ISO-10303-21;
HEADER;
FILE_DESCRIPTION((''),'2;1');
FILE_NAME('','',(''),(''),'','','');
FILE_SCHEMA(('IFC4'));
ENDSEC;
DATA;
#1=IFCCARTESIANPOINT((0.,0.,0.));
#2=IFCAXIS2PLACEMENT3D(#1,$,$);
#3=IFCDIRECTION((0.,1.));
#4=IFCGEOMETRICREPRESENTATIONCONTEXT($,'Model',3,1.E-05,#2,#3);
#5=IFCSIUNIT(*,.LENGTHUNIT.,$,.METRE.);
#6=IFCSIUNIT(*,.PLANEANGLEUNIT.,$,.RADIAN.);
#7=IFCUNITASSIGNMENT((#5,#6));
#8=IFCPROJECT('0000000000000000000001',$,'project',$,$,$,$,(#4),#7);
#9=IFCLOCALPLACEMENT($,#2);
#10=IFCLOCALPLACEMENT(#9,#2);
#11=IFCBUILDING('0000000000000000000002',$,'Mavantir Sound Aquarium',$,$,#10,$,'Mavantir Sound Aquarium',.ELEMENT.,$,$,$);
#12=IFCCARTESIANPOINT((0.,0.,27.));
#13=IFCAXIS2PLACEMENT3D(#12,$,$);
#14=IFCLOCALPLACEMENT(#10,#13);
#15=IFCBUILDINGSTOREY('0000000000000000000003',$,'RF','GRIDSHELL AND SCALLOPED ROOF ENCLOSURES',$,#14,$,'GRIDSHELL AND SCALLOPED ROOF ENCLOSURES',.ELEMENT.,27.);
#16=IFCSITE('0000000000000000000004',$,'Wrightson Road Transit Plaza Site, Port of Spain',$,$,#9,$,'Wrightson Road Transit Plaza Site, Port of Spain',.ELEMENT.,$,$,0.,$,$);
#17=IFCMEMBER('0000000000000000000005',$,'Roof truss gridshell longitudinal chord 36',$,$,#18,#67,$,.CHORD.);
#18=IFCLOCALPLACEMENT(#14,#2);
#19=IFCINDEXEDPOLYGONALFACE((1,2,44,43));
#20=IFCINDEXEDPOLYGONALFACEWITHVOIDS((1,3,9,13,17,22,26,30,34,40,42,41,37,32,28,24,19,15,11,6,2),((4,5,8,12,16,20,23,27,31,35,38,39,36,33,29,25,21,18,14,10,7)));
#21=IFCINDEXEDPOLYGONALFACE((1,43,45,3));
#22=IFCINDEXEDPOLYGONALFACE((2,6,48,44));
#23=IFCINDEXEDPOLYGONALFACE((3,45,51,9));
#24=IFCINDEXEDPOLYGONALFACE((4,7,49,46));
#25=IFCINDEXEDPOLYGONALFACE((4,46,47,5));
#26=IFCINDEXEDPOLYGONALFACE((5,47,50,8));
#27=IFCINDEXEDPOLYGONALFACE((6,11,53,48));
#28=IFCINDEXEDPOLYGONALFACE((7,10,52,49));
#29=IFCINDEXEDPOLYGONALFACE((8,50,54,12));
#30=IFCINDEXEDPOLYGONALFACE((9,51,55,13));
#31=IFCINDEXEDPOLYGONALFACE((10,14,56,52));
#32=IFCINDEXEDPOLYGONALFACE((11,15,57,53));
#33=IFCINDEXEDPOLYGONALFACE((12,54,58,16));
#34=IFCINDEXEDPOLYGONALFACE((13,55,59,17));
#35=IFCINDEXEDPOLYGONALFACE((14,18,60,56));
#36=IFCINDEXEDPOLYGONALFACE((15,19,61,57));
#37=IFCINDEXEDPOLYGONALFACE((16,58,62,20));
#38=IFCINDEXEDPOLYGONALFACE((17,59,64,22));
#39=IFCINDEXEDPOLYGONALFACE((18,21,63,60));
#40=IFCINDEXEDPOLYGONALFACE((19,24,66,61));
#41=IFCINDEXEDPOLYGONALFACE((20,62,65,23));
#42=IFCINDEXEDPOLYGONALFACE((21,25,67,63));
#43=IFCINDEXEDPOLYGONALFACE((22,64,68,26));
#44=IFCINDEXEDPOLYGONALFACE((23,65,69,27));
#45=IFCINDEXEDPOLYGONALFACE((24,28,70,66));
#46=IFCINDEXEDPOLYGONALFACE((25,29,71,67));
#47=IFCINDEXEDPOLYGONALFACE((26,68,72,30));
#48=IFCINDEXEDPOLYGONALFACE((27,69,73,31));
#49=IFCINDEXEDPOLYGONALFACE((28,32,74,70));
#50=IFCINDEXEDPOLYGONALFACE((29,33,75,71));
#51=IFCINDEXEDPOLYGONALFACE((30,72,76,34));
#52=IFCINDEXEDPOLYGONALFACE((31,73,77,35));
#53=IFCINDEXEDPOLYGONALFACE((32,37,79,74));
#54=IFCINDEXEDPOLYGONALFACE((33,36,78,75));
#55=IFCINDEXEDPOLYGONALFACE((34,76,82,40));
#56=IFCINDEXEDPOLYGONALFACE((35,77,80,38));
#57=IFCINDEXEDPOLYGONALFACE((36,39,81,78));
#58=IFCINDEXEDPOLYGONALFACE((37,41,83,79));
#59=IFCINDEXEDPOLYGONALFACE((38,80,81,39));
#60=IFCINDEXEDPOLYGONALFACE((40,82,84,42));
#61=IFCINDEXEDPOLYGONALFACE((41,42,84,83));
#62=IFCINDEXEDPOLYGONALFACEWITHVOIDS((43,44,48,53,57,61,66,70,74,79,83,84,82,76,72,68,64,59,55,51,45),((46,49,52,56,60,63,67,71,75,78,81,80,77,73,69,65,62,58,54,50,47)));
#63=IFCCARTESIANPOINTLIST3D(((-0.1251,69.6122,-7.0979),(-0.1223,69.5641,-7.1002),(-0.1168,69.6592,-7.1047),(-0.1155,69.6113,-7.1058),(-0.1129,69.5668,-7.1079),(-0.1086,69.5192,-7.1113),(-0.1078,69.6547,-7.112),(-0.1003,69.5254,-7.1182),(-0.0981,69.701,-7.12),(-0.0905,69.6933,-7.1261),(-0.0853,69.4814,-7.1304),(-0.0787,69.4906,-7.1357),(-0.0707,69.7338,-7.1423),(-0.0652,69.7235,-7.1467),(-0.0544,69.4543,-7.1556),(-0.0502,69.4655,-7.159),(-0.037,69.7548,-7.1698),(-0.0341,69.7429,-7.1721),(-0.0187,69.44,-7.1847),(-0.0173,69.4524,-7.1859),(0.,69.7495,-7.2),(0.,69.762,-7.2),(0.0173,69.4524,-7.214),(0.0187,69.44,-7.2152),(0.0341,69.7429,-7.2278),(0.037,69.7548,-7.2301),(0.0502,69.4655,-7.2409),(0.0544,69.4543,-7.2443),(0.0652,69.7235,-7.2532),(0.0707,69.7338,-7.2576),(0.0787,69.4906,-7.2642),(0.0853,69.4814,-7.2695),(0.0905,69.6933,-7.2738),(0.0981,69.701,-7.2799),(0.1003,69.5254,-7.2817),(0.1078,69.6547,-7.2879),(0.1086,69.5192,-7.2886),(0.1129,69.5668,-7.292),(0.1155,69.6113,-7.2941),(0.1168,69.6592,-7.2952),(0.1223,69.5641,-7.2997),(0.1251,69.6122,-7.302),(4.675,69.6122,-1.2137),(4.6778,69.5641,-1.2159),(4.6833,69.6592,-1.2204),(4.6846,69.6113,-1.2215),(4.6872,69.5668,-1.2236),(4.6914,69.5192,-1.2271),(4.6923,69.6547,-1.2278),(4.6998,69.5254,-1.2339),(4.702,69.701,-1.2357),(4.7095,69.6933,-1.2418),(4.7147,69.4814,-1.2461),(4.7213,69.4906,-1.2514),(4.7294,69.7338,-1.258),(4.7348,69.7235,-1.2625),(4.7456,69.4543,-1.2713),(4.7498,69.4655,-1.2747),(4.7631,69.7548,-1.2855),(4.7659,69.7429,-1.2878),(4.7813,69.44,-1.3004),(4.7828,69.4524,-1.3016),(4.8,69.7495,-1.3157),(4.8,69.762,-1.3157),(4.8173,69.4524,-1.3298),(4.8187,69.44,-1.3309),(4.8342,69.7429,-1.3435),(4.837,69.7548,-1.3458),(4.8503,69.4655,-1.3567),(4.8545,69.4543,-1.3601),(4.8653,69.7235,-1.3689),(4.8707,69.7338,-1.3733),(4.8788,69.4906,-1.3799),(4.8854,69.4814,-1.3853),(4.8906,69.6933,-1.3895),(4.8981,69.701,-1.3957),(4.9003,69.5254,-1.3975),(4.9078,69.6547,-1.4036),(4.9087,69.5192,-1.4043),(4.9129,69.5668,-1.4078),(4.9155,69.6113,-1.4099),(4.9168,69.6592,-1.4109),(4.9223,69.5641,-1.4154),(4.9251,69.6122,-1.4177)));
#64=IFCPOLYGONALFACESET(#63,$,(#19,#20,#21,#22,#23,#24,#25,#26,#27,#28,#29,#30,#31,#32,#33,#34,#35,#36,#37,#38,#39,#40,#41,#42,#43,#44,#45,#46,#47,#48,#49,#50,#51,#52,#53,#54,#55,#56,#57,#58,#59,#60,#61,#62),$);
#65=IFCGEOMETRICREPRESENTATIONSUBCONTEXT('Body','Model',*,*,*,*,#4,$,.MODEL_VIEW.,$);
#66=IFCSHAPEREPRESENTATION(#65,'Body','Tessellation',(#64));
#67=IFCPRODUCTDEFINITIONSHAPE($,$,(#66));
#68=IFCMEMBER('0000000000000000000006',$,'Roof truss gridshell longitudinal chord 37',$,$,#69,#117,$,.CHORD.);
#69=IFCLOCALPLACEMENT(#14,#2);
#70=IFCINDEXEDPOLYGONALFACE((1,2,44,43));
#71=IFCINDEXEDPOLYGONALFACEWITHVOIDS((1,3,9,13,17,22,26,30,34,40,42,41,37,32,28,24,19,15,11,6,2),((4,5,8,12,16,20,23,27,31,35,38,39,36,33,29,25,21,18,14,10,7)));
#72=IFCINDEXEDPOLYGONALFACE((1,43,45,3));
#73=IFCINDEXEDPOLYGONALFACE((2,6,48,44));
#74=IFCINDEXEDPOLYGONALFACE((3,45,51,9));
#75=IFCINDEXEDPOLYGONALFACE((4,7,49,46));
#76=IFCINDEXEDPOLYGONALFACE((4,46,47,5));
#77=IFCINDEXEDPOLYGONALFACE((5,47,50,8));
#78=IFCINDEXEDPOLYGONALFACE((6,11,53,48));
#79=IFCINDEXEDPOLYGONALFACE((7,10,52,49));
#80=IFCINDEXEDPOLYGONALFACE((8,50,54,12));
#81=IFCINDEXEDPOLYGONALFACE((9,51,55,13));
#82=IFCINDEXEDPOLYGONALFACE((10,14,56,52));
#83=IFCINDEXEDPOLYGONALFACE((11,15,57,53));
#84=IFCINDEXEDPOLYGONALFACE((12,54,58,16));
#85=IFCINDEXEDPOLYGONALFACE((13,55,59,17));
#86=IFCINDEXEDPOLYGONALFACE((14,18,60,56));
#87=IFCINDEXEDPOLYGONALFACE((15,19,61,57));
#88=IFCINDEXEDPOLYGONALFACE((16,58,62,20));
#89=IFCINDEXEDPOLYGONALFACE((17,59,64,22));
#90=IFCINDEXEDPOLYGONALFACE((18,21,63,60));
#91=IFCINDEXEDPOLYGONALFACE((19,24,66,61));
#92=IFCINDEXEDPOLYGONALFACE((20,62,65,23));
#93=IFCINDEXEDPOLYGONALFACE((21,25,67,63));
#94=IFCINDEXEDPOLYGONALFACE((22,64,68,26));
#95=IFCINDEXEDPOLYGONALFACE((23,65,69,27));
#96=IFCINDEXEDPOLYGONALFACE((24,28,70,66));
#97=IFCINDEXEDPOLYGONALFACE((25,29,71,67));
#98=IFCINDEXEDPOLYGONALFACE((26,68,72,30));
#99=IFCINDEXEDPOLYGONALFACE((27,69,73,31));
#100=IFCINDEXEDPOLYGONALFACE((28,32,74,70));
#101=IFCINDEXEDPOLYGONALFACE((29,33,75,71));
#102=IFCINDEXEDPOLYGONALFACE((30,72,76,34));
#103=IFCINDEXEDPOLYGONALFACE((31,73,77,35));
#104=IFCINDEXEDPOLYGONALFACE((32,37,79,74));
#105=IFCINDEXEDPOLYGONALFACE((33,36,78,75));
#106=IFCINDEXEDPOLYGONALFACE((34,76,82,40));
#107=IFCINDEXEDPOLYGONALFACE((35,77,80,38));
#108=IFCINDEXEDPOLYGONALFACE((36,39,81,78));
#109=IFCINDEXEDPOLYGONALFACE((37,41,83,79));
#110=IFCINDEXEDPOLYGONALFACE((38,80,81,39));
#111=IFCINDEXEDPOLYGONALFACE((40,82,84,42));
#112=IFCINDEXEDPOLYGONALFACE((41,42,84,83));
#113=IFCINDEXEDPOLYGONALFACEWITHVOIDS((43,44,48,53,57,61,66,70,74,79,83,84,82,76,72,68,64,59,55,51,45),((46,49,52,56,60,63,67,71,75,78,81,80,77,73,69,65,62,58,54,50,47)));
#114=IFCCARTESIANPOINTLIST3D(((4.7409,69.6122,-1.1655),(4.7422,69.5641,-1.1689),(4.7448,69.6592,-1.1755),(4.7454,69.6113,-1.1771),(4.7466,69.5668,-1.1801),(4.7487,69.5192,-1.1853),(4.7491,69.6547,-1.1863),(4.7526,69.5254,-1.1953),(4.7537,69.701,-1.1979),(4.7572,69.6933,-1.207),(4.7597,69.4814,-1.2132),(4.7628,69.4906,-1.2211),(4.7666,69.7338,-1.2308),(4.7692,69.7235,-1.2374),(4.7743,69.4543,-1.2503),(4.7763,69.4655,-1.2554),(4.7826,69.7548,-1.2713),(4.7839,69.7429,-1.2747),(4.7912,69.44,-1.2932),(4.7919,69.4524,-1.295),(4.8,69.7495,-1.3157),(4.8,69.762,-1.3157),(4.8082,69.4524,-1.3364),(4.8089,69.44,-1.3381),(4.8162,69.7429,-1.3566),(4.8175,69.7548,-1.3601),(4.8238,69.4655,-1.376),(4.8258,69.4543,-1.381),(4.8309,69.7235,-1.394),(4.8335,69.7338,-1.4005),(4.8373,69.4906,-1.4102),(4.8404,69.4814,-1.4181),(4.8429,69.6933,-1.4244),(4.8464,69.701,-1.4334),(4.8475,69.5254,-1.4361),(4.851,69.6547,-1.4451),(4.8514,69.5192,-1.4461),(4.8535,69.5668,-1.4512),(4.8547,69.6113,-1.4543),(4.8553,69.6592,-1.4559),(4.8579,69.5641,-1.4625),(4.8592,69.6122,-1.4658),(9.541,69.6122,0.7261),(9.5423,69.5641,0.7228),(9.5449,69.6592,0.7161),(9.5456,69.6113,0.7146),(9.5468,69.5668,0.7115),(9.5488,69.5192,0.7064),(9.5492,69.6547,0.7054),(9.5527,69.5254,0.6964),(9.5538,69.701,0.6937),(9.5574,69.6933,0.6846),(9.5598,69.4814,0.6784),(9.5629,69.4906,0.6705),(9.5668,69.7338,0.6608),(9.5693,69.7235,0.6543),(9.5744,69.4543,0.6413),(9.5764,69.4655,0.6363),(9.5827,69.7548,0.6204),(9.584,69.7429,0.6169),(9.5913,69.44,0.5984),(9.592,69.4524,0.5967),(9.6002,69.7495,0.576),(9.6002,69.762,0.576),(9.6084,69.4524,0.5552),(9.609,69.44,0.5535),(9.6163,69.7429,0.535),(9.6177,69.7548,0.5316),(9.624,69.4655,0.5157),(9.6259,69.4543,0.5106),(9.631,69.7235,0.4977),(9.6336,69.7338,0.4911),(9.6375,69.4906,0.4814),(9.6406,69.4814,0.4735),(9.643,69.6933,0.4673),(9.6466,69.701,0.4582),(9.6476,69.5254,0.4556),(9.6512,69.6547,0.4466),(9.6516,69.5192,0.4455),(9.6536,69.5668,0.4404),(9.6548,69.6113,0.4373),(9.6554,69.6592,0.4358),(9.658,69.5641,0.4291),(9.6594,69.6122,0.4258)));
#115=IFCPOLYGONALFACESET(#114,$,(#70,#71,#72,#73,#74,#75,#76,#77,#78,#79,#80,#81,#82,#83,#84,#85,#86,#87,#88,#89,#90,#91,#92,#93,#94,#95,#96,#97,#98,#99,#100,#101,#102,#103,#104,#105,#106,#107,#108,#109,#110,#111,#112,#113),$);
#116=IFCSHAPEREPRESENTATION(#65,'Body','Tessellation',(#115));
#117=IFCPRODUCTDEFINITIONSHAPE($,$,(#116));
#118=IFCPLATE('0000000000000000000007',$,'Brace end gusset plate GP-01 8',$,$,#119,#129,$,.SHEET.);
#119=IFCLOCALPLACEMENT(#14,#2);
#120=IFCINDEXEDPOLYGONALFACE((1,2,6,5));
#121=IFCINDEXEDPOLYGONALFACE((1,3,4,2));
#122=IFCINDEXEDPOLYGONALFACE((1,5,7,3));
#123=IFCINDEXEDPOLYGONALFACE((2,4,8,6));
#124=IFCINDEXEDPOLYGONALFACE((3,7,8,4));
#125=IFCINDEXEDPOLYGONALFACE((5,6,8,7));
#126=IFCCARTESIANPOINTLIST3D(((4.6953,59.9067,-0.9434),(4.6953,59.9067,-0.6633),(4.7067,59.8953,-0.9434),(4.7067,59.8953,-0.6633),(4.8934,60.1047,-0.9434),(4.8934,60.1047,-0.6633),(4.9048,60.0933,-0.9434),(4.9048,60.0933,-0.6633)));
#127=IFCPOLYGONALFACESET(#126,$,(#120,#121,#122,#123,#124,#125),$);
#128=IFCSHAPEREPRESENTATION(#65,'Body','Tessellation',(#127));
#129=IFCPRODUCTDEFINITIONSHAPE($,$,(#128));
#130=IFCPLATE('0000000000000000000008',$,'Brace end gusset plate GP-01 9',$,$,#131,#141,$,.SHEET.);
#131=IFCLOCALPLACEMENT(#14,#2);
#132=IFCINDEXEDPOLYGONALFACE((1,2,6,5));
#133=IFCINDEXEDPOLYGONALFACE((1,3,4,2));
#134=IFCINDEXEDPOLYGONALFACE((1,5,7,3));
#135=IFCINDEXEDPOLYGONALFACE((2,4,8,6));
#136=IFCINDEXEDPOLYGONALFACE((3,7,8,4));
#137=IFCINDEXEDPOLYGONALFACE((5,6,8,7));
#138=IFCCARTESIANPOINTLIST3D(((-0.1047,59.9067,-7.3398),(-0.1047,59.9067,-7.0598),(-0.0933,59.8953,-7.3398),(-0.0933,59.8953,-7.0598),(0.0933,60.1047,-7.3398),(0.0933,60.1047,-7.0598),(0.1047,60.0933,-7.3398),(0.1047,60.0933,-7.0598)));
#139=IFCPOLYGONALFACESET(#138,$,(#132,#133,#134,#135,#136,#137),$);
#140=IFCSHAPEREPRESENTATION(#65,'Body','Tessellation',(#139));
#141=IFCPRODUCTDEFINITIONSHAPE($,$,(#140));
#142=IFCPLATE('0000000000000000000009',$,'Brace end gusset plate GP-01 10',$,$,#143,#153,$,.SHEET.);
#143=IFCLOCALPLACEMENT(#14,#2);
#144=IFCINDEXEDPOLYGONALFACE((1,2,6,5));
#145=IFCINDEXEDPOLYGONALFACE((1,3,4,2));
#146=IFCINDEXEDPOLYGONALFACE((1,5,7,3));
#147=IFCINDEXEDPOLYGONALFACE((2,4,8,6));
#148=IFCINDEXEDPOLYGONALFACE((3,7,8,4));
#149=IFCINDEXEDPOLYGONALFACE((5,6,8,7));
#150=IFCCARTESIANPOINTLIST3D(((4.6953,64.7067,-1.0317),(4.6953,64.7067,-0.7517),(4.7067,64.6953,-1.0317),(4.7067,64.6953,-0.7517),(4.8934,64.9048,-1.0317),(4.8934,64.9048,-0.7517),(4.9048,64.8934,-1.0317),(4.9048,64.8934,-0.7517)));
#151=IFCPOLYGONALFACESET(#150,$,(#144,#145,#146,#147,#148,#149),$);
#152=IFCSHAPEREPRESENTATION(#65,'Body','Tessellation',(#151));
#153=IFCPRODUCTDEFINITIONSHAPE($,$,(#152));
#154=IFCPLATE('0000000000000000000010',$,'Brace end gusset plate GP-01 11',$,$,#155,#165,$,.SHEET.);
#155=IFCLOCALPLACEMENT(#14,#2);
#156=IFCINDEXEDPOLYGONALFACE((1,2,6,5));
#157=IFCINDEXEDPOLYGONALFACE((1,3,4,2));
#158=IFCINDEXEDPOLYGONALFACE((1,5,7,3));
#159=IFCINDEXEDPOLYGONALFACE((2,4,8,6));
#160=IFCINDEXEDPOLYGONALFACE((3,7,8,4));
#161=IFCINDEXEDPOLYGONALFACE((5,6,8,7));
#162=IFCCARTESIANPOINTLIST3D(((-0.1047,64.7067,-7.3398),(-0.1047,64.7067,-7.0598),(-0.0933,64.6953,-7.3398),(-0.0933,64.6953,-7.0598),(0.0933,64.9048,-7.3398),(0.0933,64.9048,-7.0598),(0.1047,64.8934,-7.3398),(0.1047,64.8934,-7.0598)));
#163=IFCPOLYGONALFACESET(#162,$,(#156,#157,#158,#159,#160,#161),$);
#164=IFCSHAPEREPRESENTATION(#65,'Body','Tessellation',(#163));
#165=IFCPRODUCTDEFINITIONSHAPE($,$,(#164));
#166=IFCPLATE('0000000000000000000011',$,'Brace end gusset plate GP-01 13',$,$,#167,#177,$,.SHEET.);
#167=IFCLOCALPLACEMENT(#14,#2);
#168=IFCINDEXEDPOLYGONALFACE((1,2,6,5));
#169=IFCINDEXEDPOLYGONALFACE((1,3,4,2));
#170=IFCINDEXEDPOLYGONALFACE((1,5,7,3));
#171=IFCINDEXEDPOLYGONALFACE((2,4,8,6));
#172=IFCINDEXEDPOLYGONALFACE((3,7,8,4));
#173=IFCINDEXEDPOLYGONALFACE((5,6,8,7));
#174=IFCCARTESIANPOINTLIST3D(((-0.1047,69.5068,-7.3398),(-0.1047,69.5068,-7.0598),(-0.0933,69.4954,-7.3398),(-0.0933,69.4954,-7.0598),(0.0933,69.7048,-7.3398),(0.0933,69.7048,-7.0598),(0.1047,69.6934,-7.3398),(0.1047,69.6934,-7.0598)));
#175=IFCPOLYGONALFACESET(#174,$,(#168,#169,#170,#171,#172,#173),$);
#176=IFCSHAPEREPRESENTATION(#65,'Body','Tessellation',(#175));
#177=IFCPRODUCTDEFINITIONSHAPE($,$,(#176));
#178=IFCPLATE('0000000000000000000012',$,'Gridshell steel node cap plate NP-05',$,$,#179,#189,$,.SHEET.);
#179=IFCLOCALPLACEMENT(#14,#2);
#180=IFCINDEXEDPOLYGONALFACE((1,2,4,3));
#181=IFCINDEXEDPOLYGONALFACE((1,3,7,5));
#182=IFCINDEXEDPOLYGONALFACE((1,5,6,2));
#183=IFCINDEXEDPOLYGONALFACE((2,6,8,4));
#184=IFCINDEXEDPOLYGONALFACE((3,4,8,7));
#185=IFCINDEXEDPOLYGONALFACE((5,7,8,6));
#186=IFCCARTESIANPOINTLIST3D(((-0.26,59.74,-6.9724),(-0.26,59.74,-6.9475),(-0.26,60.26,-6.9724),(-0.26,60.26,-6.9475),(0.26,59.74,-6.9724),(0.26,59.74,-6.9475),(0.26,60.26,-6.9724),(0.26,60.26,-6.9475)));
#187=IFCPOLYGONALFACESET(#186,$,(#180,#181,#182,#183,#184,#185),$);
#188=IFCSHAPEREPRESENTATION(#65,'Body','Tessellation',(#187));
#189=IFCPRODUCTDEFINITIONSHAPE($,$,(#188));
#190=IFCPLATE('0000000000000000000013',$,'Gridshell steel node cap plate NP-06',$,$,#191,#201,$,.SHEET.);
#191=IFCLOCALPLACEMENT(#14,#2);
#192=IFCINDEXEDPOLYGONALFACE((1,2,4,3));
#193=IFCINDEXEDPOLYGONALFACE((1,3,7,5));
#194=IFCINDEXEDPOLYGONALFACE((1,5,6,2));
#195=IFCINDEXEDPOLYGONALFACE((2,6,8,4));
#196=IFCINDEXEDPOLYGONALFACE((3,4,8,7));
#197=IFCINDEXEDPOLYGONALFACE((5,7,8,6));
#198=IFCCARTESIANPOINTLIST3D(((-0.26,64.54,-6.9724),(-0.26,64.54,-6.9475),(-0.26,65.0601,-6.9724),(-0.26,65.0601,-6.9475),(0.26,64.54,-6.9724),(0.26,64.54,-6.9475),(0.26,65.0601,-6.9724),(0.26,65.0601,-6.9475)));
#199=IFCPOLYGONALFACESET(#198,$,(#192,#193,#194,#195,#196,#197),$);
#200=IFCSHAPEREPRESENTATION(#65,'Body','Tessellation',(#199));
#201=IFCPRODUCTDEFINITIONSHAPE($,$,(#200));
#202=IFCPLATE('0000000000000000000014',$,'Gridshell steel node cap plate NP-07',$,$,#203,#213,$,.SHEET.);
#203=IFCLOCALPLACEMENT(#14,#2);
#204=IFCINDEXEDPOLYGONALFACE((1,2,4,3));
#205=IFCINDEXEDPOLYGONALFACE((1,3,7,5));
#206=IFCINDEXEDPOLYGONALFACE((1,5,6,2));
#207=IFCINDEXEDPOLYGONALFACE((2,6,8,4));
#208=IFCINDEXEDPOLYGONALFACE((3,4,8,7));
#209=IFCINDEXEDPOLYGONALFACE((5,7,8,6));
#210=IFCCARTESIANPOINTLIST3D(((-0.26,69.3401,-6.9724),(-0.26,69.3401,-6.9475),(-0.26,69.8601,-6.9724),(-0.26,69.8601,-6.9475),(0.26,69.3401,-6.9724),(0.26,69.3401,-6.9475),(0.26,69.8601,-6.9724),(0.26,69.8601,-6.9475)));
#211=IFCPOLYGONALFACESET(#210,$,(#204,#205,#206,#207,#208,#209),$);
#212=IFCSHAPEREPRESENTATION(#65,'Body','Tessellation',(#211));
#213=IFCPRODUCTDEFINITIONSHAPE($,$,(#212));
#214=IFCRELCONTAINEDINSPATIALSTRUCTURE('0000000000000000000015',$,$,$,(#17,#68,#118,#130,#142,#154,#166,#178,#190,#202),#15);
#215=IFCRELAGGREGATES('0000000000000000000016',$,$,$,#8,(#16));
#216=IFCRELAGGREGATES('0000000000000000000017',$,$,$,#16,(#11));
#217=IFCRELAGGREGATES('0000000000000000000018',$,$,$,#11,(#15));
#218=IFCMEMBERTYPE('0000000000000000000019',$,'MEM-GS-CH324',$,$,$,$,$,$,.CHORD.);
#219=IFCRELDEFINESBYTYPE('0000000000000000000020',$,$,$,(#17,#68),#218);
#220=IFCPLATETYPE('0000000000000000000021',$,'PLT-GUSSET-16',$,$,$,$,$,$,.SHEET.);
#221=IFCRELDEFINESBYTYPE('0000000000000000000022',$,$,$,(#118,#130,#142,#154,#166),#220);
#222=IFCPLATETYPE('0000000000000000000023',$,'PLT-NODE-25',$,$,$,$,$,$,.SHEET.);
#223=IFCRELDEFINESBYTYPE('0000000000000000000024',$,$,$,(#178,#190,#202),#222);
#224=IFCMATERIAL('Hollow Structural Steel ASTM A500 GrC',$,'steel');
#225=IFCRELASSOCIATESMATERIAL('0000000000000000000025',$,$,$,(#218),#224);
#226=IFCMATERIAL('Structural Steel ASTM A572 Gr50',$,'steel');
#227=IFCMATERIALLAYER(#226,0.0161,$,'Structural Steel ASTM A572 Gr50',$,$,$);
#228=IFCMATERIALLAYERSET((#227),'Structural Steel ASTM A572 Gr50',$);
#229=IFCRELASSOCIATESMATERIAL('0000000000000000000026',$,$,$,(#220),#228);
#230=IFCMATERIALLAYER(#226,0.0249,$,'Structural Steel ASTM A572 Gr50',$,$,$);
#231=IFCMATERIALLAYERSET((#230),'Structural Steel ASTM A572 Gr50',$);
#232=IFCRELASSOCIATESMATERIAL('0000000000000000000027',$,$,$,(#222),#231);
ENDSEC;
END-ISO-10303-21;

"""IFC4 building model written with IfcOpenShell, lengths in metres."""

from ifc_helpers import new_model, si_unit, direction, frame, origin, origin_2d, place, context, subcontext, project, spatial, rectangle, hollow_circle, extrude, material, layer, layer_set, material_profile, profile_set, type_object, element, save


model = new_model("IFC4")

# Units and contexts
model_context = context("Model", 3, precision=1e-05, world=origin(), true_north=direction((0.0, 1.0)))
body_context = subcontext(model_context, "Body", "Model", "MODEL_VIEW")
ifc_project = project(units=[si_unit("LENGTHUNIT", "METRE"), si_unit("PLANEANGLEUNIT", "RADIAN")], contexts=[model_context])

# Site, building, storey
site_placement = place(None, origin())
site = spatial("IfcSite", under=ifc_project, at=site_placement, Name="Wrightson Road Transit Plaza Site, Port of Spain", LongName="Wrightson Road Transit Plaza Site, Port of Spain", CompositionType="ELEMENT", RefElevation=0.0)
building_placement = place(site_placement, origin())
building = spatial("IfcBuilding", under=site, at=building_placement, Name="Mavantir Sound Aquarium", LongName="Mavantir Sound Aquarium", CompositionType="ELEMENT")
storey_placement = place(building_placement, frame((0.0, 0.0, 27.0)))
storey = spatial("IfcBuildingStorey", under=building, at=storey_placement, Name="RF", Description="GRIDSHELL AND SCALLOPED ROOF ENCLOSURES", LongName="GRIDSHELL AND SCALLOPED ROOF ENCLOSURES", CompositionType="ELEMENT", Elevation=27.0)

# Shared definitions
ifc_material_1 = material(Name="Hollow Structural Steel ASTM A500 GrC", Category="steel")

# Members
ifc_material_profile_1 = material_profile(ifc_material_1, hollow_circle(Radius=0.1619, WallThickness=0.0125, at=origin_2d()), Name="CHS 323.9X12.5")
ifc_profile_set_1 = profile_set([ifc_material_profile_1], Name="Hollow Structural Steel ASTM A500 GrC")
member_type_1 = type_object("IfcMemberType", Name="MEM-GS-CH324", PredefinedType="CHORD", material=ifc_profile_set_1)
member_1_placement = place(storey_placement, frame((0.0, 69.6001, -7.2), z_axis=(0.632104, 0.0, 0.774883), x_axis=(0.0, 1.0, 0.0)))
element("IfcMember", 1, at=member_1_placement, inside=storey, type_object=member_type_1, Name="Roof truss gridshell longitudinal chord 36", PredefinedType="CHORD", context=body_context, shape_type="SweptSolid", body=[
    extrude(hollow_circle(Radius=0.1619, WallThickness=0.0125, at=origin_2d()), origin(), (0.0, 0.0, 1.0), 7.5938),
])
member_2_placement = place(storey_placement, frame((4.8, 69.6001, -1.3157), z_axis=(0.930364, 0.0, 0.366637), x_axis=(0.0, 1.0, 0.0)))
element("IfcMember", 2, at=member_2_placement, inside=storey, type_object=member_type_1, Name="Roof truss gridshell longitudinal chord 37", PredefinedType="CHORD", context=body_context, shape_type="SweptSolid", body=[
    extrude(hollow_circle(Radius=0.1619, WallThickness=0.0125, at=origin_2d()), origin(), (0.0, 0.0, 1.0), 5.1594),
])

# Plates
ifc_material_2 = material(Name="Structural Steel ASTM A572 Gr50", Category="steel")
ifc_layer_1 = layer(ifc_material_2, 0.0161, Name="Structural Steel ASTM A572 Gr50")
ifc_layer_set_1 = layer_set([ifc_layer_1], Name="Structural Steel ASTM A572 Gr50")
plate_type_1 = type_object("IfcPlateType", Name="PLT-GUSSET-16", PredefinedType="SHEET", material=ifc_layer_set_1)
for number, where, z_axis, x_axis, name in (
    (3, (4.8, 60.0, -0.9434), (0.0, 0.0, 1.0), (0.707107, 0.707107, 0.0), "Brace end gusset plate GP-01 8"),
    (4, (0.0, 60.0, -7.3398), (0.0, 0.0, 1.0), (0.707107, 0.707107, 0.0), "Brace end gusset plate GP-01 9"),
    (5, (4.8, 64.8, -1.0317), (0.0, 0.0, 1.0), (0.707107, 0.707107, 0.0), "Brace end gusset plate GP-01 10"),
    (6, (0.0, 64.8, -7.3398), (0.0, 0.0, 1.0), (0.707107, 0.707107, 0.0), "Brace end gusset plate GP-01 11"),
    (7, (0.0, 69.6001, -7.3398), (0.0, 0.0, 1.0), (0.707107, 0.707107, 0.0), "Brace end gusset plate GP-01 13"),
):
    element("IfcPlate", number, at=place(storey_placement, frame(where, z_axis=z_axis, x_axis=x_axis)), inside=storey, type_object=plate_type_1, Name=name, PredefinedType="SHEET", context=body_context, shape_type="SweptSolid", body=[
        extrude(rectangle(XDim=0.28, YDim=0.0161, at=origin_2d()), origin(), (0.0, 0.0, 1.0), 0.28),
    ])
ifc_layer_2 = layer(ifc_material_2, 0.0249, Name="Structural Steel ASTM A572 Gr50")
ifc_layer_set_2 = layer_set([ifc_layer_2], Name="Structural Steel ASTM A572 Gr50")
plate_type_2 = type_object("IfcPlateType", Name="PLT-NODE-25", PredefinedType="SHEET", material=ifc_layer_set_2)
for number, where, z_axis, x_axis, name in (
    (8, (0.0, 60.0, -6.9724), (0.0, 0.0, 1.0), (1.0, 0.0, 0.0), "Gridshell steel node cap plate NP-05"),
    (9, (0.0, 64.8, -6.9724), (0.0, 0.0, 1.0), (1.0, 0.0, 0.0), "Gridshell steel node cap plate NP-06"),
    (10, (0.0, 69.6001, -6.9724), (0.0, 0.0, 1.0), (1.0, 0.0, 0.0), "Gridshell steel node cap plate NP-07"),
):
    element("IfcPlate", number, at=place(storey_placement, frame(where, z_axis=z_axis, x_axis=x_axis)), inside=storey, type_object=plate_type_2, Name=name, PredefinedType="SHEET", context=body_context, shape_type="SweptSolid", body=[
        extrude(rectangle(XDim=0.52, YDim=0.52, at=origin_2d()), origin(), (0.0, 0.0, 1.0), 0.0249),
    ])

save(model, "model.ifc")
